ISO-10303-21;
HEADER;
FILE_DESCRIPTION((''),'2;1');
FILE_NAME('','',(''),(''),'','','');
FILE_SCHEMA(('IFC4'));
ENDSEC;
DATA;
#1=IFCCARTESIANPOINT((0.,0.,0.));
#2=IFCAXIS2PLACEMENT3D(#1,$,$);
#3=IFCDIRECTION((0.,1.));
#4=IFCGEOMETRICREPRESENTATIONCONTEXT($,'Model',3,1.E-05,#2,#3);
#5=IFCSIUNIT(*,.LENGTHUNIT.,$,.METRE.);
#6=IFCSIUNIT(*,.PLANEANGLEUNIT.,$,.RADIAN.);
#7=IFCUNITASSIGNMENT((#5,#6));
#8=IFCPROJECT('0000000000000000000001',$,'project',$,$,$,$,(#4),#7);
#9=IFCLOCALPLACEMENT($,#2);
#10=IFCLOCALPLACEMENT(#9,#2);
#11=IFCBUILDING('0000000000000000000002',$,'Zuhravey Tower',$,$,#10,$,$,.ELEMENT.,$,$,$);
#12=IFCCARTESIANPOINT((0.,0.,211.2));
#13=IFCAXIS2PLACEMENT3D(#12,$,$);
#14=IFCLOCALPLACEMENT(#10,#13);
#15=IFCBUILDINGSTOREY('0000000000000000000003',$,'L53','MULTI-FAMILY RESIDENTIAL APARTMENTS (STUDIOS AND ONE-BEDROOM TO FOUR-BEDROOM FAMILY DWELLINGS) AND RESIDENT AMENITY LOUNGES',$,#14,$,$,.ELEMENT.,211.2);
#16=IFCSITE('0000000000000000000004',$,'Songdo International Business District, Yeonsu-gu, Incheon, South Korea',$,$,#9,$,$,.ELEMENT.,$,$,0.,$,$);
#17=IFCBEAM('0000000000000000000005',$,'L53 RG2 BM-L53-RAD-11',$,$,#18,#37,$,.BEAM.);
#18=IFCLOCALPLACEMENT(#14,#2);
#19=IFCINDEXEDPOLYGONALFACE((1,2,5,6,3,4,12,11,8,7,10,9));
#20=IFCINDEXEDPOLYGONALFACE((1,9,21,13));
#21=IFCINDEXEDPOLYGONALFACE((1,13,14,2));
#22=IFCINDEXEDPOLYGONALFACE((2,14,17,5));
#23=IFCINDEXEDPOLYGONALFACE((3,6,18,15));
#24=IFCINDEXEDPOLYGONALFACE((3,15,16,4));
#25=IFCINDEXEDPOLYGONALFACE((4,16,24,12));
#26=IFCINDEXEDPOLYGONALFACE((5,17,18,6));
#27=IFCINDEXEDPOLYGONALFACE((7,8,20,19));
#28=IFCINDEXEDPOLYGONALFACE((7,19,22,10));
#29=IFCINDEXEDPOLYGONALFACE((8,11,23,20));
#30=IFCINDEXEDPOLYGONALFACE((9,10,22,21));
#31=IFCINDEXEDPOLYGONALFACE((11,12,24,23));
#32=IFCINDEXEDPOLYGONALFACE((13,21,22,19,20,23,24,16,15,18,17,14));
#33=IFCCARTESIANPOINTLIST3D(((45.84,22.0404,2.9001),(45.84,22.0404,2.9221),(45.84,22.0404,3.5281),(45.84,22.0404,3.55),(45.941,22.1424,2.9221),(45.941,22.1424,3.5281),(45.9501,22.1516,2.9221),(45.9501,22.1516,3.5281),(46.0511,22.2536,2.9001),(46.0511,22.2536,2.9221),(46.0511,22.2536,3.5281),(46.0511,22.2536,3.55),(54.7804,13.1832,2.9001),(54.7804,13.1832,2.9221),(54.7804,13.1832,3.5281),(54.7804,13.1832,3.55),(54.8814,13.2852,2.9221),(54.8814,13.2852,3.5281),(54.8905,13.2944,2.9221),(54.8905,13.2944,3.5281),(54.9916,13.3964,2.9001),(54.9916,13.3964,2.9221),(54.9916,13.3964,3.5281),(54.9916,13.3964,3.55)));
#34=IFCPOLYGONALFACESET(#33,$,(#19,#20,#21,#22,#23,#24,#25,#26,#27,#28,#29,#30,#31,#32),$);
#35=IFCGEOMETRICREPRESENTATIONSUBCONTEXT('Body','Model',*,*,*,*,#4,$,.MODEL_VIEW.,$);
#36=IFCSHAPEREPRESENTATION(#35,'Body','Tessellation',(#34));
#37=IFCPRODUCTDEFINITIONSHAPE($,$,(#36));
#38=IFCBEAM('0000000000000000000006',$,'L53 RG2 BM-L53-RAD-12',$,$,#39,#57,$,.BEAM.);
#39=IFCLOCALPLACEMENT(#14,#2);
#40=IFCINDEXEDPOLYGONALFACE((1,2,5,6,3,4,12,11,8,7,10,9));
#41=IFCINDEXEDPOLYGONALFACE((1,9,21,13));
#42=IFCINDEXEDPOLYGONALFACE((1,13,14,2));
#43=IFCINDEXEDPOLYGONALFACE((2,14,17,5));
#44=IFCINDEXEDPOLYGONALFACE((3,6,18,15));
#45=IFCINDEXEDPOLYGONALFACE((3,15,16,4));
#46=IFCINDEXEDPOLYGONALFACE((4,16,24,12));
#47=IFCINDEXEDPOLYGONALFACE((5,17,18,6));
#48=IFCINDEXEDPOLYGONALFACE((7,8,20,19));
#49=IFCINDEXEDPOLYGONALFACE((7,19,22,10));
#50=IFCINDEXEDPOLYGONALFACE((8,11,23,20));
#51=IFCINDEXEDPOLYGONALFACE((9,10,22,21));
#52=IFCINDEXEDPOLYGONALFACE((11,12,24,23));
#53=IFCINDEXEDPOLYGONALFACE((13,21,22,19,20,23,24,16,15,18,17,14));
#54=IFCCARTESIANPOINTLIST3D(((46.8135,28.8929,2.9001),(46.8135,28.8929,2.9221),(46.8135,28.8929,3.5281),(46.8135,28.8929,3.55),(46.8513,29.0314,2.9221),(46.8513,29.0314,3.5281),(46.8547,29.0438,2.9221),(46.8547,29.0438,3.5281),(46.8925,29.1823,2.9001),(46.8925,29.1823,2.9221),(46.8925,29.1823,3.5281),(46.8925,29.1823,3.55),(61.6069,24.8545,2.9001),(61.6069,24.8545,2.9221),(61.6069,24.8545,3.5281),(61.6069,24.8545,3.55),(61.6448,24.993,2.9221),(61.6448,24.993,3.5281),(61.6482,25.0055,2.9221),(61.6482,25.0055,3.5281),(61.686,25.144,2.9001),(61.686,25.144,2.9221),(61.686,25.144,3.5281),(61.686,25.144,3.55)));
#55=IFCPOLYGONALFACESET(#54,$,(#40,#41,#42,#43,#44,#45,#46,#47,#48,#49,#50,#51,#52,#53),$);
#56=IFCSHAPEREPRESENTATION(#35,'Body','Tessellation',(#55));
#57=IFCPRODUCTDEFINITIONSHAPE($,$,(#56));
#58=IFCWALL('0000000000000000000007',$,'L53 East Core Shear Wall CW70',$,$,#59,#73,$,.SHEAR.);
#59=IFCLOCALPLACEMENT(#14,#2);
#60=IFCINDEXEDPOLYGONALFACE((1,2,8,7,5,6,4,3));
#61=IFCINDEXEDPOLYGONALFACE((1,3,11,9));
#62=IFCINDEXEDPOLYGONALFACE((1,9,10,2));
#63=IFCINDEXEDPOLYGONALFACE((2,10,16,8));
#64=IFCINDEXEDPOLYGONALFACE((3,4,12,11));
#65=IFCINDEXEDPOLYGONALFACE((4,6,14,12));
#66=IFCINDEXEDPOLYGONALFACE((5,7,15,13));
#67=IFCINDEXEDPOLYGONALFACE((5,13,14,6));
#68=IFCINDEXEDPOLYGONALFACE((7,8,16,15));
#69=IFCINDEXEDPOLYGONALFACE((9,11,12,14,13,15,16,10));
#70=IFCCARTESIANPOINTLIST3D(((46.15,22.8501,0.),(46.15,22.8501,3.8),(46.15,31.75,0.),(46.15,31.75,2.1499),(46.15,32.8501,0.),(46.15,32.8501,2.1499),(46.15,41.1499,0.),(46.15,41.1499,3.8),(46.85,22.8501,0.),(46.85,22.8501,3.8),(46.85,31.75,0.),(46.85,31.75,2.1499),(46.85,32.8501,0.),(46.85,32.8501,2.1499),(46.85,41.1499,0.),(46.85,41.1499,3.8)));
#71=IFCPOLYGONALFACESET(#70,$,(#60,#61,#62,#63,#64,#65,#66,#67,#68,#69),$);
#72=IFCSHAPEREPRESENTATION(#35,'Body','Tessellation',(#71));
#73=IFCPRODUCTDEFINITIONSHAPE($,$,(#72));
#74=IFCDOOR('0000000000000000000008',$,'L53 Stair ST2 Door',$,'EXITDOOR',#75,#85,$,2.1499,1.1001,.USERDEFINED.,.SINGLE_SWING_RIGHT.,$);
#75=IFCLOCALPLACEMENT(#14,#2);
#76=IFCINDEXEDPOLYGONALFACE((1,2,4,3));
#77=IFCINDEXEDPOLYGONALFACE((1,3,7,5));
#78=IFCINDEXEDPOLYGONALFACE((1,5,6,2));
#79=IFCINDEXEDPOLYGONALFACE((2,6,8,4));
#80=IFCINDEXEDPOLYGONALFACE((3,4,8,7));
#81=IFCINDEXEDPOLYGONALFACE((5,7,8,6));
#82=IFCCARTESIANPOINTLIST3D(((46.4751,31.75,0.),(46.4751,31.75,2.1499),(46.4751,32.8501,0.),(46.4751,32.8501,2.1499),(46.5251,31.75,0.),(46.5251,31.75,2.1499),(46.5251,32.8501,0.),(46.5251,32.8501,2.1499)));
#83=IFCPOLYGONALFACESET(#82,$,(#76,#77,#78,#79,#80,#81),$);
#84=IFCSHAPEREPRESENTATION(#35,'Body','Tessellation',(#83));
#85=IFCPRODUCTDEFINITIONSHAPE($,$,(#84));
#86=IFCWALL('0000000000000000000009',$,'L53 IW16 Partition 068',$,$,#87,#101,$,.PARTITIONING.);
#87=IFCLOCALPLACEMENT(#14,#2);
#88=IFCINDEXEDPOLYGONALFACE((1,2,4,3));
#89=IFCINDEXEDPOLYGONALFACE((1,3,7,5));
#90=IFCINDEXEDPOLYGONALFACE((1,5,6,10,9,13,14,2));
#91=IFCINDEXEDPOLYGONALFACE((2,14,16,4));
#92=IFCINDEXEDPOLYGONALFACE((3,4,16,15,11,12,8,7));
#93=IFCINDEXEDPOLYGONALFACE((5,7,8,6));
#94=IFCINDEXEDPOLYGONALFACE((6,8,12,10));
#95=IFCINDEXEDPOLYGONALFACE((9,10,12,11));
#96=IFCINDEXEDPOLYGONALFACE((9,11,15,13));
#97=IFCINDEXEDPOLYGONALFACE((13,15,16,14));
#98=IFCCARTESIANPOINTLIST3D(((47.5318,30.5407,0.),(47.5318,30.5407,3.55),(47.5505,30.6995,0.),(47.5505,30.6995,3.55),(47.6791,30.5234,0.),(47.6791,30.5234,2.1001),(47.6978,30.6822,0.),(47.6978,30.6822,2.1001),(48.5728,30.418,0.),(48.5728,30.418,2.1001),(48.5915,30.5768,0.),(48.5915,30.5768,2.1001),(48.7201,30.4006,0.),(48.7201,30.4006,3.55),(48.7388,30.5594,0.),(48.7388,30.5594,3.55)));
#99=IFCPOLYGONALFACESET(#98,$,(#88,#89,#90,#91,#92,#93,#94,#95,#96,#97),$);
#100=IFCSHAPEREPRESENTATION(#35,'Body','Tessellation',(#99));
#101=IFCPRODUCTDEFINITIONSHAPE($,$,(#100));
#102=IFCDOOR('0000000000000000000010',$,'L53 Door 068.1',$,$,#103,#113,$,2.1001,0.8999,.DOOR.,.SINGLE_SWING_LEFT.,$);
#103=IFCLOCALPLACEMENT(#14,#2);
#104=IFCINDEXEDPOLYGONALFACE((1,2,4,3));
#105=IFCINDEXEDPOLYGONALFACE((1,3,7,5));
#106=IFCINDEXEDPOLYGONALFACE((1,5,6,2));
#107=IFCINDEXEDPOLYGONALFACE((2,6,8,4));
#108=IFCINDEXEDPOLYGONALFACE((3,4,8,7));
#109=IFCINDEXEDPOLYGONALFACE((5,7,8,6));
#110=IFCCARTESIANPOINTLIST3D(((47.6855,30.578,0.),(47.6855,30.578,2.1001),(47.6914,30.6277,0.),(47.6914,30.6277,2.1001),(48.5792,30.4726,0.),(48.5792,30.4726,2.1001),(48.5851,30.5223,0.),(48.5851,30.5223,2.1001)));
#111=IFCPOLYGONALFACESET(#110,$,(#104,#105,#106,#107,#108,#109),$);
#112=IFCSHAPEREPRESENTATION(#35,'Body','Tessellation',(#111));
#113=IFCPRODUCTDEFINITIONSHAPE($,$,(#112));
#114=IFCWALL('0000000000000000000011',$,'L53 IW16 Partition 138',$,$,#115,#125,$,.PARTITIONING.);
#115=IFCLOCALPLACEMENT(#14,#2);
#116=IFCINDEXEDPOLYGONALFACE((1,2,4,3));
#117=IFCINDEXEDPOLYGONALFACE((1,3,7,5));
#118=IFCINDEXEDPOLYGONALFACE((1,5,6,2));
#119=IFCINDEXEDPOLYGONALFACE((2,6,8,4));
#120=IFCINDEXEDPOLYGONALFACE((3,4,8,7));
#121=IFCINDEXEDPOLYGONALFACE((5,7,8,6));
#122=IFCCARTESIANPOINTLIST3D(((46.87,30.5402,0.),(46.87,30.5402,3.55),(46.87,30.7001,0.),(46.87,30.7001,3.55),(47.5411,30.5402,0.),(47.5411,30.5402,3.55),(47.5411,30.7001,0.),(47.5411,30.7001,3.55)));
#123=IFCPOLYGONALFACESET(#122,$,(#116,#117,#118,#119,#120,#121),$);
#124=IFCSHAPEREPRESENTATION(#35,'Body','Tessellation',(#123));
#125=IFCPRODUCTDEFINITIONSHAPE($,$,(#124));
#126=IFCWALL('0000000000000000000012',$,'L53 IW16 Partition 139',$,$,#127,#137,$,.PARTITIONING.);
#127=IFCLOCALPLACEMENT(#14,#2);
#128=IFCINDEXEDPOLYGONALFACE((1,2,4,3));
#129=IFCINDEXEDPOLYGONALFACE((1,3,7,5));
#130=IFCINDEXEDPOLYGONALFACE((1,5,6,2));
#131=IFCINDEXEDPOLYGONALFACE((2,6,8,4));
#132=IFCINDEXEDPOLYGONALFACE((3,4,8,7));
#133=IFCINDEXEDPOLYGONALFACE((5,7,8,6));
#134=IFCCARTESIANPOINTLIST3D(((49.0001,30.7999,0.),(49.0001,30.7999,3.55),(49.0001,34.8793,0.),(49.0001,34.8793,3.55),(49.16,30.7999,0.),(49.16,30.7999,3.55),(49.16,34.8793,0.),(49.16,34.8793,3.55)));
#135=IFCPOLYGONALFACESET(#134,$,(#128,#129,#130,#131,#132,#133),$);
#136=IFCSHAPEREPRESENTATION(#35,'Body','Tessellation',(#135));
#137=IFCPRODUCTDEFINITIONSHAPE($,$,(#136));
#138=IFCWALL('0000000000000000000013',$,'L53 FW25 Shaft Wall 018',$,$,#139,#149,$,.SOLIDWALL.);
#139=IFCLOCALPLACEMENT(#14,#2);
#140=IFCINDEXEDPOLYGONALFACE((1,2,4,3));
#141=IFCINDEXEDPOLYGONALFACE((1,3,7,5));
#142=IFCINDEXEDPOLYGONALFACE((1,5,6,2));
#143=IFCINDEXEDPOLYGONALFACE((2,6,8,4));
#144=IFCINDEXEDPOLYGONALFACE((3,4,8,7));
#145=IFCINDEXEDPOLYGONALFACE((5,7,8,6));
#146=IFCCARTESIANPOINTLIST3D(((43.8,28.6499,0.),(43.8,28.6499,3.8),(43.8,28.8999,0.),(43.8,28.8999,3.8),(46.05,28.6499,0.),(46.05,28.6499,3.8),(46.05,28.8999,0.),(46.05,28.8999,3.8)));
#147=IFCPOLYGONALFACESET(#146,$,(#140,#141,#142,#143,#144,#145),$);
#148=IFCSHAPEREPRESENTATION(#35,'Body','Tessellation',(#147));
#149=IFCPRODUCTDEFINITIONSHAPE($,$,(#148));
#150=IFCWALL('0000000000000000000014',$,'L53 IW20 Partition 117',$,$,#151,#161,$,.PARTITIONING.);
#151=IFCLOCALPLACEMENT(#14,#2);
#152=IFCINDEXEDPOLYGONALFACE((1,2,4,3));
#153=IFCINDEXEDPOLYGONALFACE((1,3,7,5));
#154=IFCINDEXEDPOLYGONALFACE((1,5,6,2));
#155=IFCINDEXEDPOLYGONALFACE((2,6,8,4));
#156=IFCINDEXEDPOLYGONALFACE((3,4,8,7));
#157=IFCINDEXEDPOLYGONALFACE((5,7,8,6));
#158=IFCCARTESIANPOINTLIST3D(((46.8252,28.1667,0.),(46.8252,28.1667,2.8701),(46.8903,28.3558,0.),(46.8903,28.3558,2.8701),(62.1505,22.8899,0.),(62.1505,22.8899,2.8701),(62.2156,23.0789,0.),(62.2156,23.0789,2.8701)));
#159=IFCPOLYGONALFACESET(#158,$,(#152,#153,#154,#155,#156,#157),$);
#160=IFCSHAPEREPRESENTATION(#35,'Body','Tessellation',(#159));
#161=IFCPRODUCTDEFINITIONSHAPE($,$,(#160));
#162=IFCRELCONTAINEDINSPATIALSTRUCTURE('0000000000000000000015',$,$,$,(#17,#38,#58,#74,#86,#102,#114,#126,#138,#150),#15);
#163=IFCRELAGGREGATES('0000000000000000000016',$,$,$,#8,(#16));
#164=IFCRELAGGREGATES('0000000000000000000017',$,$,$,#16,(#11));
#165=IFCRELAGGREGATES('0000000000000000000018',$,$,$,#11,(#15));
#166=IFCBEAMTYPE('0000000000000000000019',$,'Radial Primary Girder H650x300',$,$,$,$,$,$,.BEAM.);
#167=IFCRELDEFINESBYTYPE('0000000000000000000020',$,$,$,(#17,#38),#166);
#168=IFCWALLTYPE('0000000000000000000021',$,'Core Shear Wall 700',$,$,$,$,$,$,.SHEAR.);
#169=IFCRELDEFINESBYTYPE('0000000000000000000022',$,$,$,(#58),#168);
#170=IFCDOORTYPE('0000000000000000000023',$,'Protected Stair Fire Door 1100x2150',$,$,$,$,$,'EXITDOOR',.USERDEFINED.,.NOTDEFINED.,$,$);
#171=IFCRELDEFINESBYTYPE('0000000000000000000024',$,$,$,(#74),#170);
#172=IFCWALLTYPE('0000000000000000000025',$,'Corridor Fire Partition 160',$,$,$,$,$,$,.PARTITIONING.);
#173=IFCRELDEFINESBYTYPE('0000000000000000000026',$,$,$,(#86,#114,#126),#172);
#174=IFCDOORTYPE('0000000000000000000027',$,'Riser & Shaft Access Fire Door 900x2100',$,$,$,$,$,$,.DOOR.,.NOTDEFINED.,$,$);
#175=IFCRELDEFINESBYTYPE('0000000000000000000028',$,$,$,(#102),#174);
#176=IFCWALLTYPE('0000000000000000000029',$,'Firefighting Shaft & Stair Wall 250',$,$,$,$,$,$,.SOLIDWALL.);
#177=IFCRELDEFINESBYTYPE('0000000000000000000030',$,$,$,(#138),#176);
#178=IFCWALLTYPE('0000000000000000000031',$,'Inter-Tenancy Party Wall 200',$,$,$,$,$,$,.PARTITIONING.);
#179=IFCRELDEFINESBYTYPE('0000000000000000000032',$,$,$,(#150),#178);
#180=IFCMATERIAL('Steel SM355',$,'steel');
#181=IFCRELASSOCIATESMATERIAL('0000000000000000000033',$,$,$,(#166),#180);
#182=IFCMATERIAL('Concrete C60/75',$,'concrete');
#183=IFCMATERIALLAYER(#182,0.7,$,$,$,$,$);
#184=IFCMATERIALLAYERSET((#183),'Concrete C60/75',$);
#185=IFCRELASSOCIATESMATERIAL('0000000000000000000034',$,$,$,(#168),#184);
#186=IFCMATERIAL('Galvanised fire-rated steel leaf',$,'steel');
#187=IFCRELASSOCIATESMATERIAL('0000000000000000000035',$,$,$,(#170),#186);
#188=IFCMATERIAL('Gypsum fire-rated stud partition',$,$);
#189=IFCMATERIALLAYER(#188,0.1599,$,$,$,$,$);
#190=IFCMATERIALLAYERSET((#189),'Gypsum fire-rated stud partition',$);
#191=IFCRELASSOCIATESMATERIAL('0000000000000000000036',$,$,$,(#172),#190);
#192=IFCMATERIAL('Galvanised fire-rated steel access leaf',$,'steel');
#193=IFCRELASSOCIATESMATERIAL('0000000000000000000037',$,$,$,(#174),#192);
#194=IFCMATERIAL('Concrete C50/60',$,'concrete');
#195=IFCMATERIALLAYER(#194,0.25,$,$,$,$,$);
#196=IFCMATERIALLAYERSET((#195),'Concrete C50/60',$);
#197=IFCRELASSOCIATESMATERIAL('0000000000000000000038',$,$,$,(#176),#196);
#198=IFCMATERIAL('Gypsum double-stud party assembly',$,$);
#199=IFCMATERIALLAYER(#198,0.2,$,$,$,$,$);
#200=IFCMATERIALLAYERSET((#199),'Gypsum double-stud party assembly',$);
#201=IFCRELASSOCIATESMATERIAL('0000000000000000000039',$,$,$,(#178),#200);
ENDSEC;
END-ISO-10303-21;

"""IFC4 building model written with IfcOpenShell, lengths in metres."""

from ifc_helpers import new_model, si_unit, direction, frame, frame_2d, origin, origin_2d, place, context, subcontext, project, spatial, rectangle, i_section, extrude, material, layer, layer_set, material_profile, profile_set, type_object, element, fill, save


model = new_model("IFC4")

# Units and contexts
model_context = context("Model", 3, precision=1e-05, world=origin(), true_north=direction((0.0, 1.0)))
body_context = subcontext(model_context, "Body", "Model", "MODEL_VIEW")
ifc_project = project(units=[si_unit("LENGTHUNIT", "METRE"), si_unit("PLANEANGLEUNIT", "RADIAN")], contexts=[model_context])

# Site, building, storey
site_placement = place(None, origin())
site = spatial("IfcSite", under=ifc_project, at=site_placement, Name="Songdo International Business District, Yeonsu-gu, Incheon, South Korea", CompositionType="ELEMENT", RefElevation=0.0)
building_placement = place(site_placement, origin())
building = spatial("IfcBuilding", under=site, at=building_placement, Name="Zuhravey Tower", CompositionType="ELEMENT")
storey_placement = place(building_placement, frame((0.0, 0.0, 211.2)))
storey = spatial("IfcBuildingStorey", under=building, at=storey_placement, Name="L53", Description="MULTI-FAMILY RESIDENTIAL APARTMENTS (STUDIOS AND ONE-BEDROOM TO FOUR-BEDROOM FAMILY DWELLINGS) AND RESIDENT AMENITY LOUNGES", CompositionType="ELEMENT", Elevation=211.2)

# Beams
ifc_material_1 = material(Name="Steel SM355", Category="steel")
ifc_material_profile = material_profile(ifc_material_1, i_section(OverallWidth=0.3, OverallDepth=0.6499, WebThickness=0.0129, FlangeThickness=0.022, at=origin_2d()), Name="H-650x300x13x22")
ifc_profile_set = profile_set([ifc_material_profile], Name="Steel SM355")
beam_type = type_object("IfcBeamType", Name="Radial Primary Girder H650x300", PredefinedType="BEAM", material=ifc_profile_set)
beam_1_placement = place(storey_placement, frame((45.9456, 22.147, 3.2251), z_axis=(0.710407, -0.703791, 0.0), x_axis=(0.703791, 0.710407, 0.0)))
element("IfcBeam", 1, at=beam_1_placement, inside=storey, type_object=beam_type, Name="L53 RG2 BM-L53-RAD-11", PredefinedType="BEAM", context=body_context, shape_type="SweptSolid", body=[
    extrude(i_section(OverallWidth=0.3, OverallDepth=0.6499, WebThickness=0.0129, FlangeThickness=0.022, at=origin_2d()), origin(), (0.0, 0.0, 1.0), 12.585),
])
beam_2_placement = place(storey_placement, frame((46.853, 29.0376, 3.2251), z_axis=(0.964702, -0.263345, 0.0), x_axis=(0.263345, 0.964702, 0.0)))
element("IfcBeam", 2, at=beam_2_placement, inside=storey, type_object=beam_type, Name="L53 RG2 BM-L53-RAD-12", PredefinedType="BEAM", context=body_context, shape_type="SweptSolid", body=[
    extrude(i_section(OverallWidth=0.3, OverallDepth=0.6499, WebThickness=0.0129, FlangeThickness=0.022, at=origin_2d()), origin(), (0.0, 0.0, 1.0), 15.3347),
])

# Walls, openings, doors
ifc_material_2 = material(Name="Concrete C60/75", Category="concrete")
ifc_layer_1 = layer(ifc_material_2, 0.7)
ifc_layer_set_1 = layer_set([ifc_layer_1], Name="Concrete C60/75")
wall_type_1 = type_object("IfcWallType", Name="Core Shear Wall 700", PredefinedType="SHEAR", material=ifc_layer_set_1)
wall_1_placement = place(storey_placement, frame((46.5, 22.8501, 0.0), z_axis=(0.0, 0.0, 1.0), x_axis=(0.0, 1.0, 0.0)))
wall_1 = element("IfcWall", 3, at=wall_1_placement, inside=storey, type_object=wall_type_1, Name="L53 East Core Shear Wall CW70", PredefinedType="SHEAR", context=body_context, shape_type="SweptSolid", body=[
    extrude(rectangle(XDim=18.2998, YDim=0.7, at=frame_2d((9.1499, 0.0))), origin(), (0.0, 0.0, 1.0), 3.8),
])
opening_1_placement = place(wall_1_placement, frame((8.8999, 0.0, 0.0)))
opening_1 = element("IfcOpeningElement", 4, at=opening_1_placement, cuts=wall_1, PredefinedType="OPENING", context=body_context, shape_type="SweptSolid", body=[
    extrude(rectangle(XDim=1.1001, YDim=2.1499, at=frame_2d((0.55, 1.075))), frame((0.0, 0.3621, 0.0), z_axis=(0.0, -1.0, 0.0), x_axis=(1.0, 0.0, 0.0)), (0.0, 0.0, 1.0), 0.7239),
])
ifc_material_3 = material(Name="Galvanised fire-rated steel leaf", Category="steel")
door_type_1 = type_object("IfcDoorType", Name="Protected Stair Fire Door 1100x2150", ElementType="EXITDOOR", OperationType="NOTDEFINED", PredefinedType="USERDEFINED", material=ifc_material_3)
door_1_placement = place(opening_1_placement, origin())
door_1 = element("IfcDoor", 5, at=door_1_placement, inside=storey, type_object=door_type_1, Name="L53 Stair ST2 Door", ObjectType="EXITDOOR", OperationType="SINGLE_SWING_RIGHT", OverallHeight=2.1499, OverallWidth=1.1001, PredefinedType="USERDEFINED", context=body_context, shape_type="SweptSolid", body=[
    extrude(rectangle(XDim=1.1001, YDim=2.1499, at=frame_2d((0.55, 1.075))), frame((0.0, 0.0249, 0.0), z_axis=(0.0, -1.0, 0.0), x_axis=(1.0, 0.0, 0.0)), (0.0, 0.0, 1.0), 0.05),
])
fill(opening_1, door_1)
ifc_material_4 = material(Name="Gypsum fire-rated stud partition")
ifc_layer_2 = layer(ifc_material_4, 0.1599)
ifc_layer_set_2 = layer_set([ifc_layer_2], Name="Gypsum fire-rated stud partition")
wall_type_2 = type_object("IfcWallType", Name="Corridor Fire Partition 160", PredefinedType="PARTITIONING", material=ifc_layer_set_2)
wall_2_placement = place(storey_placement, frame((47.5413, 30.6201, 0.0), z_axis=(0.0, 0.0, 1.0), x_axis=(0.993117, -0.117125, 0.0)))
wall_2 = element("IfcWall", 6, at=wall_2_placement, inside=storey, type_object=wall_type_2, Name="L53 IW16 Partition 068", PredefinedType="PARTITIONING", context=body_context, shape_type="SweptSolid", body=[
    extrude(rectangle(XDim=1.1965, YDim=0.1599, at=frame_2d((0.5981, 0.0))), origin(), (0.0, 0.0, 1.0), 3.55),
])
opening_2_placement = place(wall_2_placement, frame((0.1482, 0.0, 0.0)))
opening_2 = element("IfcOpeningElement", 7, at=opening_2_placement, cuts=wall_2, PredefinedType="OPENING", context=body_context, shape_type="SweptSolid", body=[
    extrude(rectangle(XDim=0.8999, YDim=2.1001, at=frame_2d((0.45, 1.05))), frame((0.0, 0.092, 0.0), z_axis=(0.0, -1.0, 0.0), x_axis=(1.0, 0.0, 0.0)), (0.0, 0.0, 1.0), 0.1838),
])
ifc_material_5 = material(Name="Galvanised fire-rated steel access leaf", Category="steel")
door_type_2 = type_object("IfcDoorType", Name="Riser & Shaft Access Fire Door 900x2100", OperationType="NOTDEFINED", PredefinedType="DOOR", material=ifc_material_5)
door_2_placement = place(opening_2_placement, frame((0.8999, 0.0, 0.0), z_axis=(0.0, 0.0, 1.0), x_axis=(-1.0, 0.0, 0.0)))
door_2 = element("IfcDoor", 8, at=door_2_placement, inside=storey, type_object=door_type_2, Name="L53 Door 068.1", OperationType="SINGLE_SWING_LEFT", OverallHeight=2.1001, OverallWidth=0.8999, PredefinedType="DOOR", context=body_context, shape_type="SweptSolid", body=[
    extrude(rectangle(XDim=0.8999, YDim=2.1001, at=frame_2d((0.45, 1.05))), frame((0.0, 0.0249, 0.0), z_axis=(0.0, -1.0, 0.0), x_axis=(1.0, 0.0, 0.0)), (0.0, 0.0, 1.0), 0.05),
])
fill(opening_2, door_2)

# Walls
wall_3_placement = place(storey_placement, frame((46.8701, 30.6201, 0.0), z_axis=(0.0, 0.0, 1.0), x_axis=(1.0, 0.0, 0.0)))
element("IfcWall", 9, at=wall_3_placement, inside=storey, type_object=wall_type_2, Name="L53 IW16 Partition 138", PredefinedType="PARTITIONING", context=body_context, shape_type="SweptSolid", body=[
    extrude(rectangle(XDim=0.6711, YDim=0.1599, at=frame_2d((0.3354, 0.0))), origin(), (0.0, 0.0, 1.0), 3.55),
])
wall_4_placement = place(storey_placement, frame((49.0801, 30.8, 0.0), z_axis=(0.0, 0.0, 1.0), x_axis=(0.0, 1.0, 0.0)))
element("IfcWall", 10, at=wall_4_placement, inside=storey, type_object=wall_type_2, Name="L53 IW16 Partition 139", PredefinedType="PARTITIONING", context=body_context, shape_type="SweptSolid", body=[
    extrude(rectangle(XDim=4.0793, YDim=0.1599, at=frame_2d((2.0396, 0.0))), origin(), (0.0, 0.0, 1.0), 3.55),
])
ifc_material_6 = material(Name="Concrete C50/60", Category="concrete")
ifc_layer_3 = layer(ifc_material_6, 0.25)
ifc_layer_set_3 = layer_set([ifc_layer_3], Name="Concrete C50/60")
wall_type_3 = type_object("IfcWallType", Name="Firefighting Shaft & Stair Wall 250", PredefinedType="SOLIDWALL", material=ifc_layer_set_3)
wall_5_placement = place(storey_placement, frame((43.8, 28.7749, 0.0), z_axis=(0.0, 0.0, 1.0), x_axis=(1.0, 0.0, 0.0)))
element("IfcWall", 11, at=wall_5_placement, inside=storey, type_object=wall_type_3, Name="L53 FW25 Shaft Wall 018", PredefinedType="SOLIDWALL", context=body_context, shape_type="SweptSolid", body=[
    extrude(rectangle(XDim=2.25, YDim=0.25, at=frame_2d((1.125, 0.0))), origin(), (0.0, 0.0, 1.0), 3.8),
])
ifc_material_7 = material(Name="Gypsum double-stud party assembly")
ifc_layer_4 = layer(ifc_material_7, 0.2)
ifc_layer_set_4 = layer_set([ifc_layer_4], Name="Gypsum double-stud party assembly")
wall_type_4 = type_object("IfcWallType", Name="Inter-Tenancy Party Wall 200", PredefinedType="PARTITIONING", material=ifc_layer_set_4)
wall_6_placement = place(storey_placement, frame((46.8579, 28.2612, 0.0), z_axis=(0.0, 0.0, 1.0), x_axis=(0.945519, -0.325566, 0.0)))
element("IfcWall", 12, at=wall_6_placement, inside=storey, type_object=wall_type_4, Name="L53 IW20 Partition 117", PredefinedType="PARTITIONING", context=body_context, shape_type="SweptSolid", body=[
    extrude(rectangle(XDim=16.2083, YDim=0.2, at=frame_2d((8.104, 0.0))), origin(), (0.0, 0.0, 1.0), 2.8701),
])

save(model, "model.ifc")
